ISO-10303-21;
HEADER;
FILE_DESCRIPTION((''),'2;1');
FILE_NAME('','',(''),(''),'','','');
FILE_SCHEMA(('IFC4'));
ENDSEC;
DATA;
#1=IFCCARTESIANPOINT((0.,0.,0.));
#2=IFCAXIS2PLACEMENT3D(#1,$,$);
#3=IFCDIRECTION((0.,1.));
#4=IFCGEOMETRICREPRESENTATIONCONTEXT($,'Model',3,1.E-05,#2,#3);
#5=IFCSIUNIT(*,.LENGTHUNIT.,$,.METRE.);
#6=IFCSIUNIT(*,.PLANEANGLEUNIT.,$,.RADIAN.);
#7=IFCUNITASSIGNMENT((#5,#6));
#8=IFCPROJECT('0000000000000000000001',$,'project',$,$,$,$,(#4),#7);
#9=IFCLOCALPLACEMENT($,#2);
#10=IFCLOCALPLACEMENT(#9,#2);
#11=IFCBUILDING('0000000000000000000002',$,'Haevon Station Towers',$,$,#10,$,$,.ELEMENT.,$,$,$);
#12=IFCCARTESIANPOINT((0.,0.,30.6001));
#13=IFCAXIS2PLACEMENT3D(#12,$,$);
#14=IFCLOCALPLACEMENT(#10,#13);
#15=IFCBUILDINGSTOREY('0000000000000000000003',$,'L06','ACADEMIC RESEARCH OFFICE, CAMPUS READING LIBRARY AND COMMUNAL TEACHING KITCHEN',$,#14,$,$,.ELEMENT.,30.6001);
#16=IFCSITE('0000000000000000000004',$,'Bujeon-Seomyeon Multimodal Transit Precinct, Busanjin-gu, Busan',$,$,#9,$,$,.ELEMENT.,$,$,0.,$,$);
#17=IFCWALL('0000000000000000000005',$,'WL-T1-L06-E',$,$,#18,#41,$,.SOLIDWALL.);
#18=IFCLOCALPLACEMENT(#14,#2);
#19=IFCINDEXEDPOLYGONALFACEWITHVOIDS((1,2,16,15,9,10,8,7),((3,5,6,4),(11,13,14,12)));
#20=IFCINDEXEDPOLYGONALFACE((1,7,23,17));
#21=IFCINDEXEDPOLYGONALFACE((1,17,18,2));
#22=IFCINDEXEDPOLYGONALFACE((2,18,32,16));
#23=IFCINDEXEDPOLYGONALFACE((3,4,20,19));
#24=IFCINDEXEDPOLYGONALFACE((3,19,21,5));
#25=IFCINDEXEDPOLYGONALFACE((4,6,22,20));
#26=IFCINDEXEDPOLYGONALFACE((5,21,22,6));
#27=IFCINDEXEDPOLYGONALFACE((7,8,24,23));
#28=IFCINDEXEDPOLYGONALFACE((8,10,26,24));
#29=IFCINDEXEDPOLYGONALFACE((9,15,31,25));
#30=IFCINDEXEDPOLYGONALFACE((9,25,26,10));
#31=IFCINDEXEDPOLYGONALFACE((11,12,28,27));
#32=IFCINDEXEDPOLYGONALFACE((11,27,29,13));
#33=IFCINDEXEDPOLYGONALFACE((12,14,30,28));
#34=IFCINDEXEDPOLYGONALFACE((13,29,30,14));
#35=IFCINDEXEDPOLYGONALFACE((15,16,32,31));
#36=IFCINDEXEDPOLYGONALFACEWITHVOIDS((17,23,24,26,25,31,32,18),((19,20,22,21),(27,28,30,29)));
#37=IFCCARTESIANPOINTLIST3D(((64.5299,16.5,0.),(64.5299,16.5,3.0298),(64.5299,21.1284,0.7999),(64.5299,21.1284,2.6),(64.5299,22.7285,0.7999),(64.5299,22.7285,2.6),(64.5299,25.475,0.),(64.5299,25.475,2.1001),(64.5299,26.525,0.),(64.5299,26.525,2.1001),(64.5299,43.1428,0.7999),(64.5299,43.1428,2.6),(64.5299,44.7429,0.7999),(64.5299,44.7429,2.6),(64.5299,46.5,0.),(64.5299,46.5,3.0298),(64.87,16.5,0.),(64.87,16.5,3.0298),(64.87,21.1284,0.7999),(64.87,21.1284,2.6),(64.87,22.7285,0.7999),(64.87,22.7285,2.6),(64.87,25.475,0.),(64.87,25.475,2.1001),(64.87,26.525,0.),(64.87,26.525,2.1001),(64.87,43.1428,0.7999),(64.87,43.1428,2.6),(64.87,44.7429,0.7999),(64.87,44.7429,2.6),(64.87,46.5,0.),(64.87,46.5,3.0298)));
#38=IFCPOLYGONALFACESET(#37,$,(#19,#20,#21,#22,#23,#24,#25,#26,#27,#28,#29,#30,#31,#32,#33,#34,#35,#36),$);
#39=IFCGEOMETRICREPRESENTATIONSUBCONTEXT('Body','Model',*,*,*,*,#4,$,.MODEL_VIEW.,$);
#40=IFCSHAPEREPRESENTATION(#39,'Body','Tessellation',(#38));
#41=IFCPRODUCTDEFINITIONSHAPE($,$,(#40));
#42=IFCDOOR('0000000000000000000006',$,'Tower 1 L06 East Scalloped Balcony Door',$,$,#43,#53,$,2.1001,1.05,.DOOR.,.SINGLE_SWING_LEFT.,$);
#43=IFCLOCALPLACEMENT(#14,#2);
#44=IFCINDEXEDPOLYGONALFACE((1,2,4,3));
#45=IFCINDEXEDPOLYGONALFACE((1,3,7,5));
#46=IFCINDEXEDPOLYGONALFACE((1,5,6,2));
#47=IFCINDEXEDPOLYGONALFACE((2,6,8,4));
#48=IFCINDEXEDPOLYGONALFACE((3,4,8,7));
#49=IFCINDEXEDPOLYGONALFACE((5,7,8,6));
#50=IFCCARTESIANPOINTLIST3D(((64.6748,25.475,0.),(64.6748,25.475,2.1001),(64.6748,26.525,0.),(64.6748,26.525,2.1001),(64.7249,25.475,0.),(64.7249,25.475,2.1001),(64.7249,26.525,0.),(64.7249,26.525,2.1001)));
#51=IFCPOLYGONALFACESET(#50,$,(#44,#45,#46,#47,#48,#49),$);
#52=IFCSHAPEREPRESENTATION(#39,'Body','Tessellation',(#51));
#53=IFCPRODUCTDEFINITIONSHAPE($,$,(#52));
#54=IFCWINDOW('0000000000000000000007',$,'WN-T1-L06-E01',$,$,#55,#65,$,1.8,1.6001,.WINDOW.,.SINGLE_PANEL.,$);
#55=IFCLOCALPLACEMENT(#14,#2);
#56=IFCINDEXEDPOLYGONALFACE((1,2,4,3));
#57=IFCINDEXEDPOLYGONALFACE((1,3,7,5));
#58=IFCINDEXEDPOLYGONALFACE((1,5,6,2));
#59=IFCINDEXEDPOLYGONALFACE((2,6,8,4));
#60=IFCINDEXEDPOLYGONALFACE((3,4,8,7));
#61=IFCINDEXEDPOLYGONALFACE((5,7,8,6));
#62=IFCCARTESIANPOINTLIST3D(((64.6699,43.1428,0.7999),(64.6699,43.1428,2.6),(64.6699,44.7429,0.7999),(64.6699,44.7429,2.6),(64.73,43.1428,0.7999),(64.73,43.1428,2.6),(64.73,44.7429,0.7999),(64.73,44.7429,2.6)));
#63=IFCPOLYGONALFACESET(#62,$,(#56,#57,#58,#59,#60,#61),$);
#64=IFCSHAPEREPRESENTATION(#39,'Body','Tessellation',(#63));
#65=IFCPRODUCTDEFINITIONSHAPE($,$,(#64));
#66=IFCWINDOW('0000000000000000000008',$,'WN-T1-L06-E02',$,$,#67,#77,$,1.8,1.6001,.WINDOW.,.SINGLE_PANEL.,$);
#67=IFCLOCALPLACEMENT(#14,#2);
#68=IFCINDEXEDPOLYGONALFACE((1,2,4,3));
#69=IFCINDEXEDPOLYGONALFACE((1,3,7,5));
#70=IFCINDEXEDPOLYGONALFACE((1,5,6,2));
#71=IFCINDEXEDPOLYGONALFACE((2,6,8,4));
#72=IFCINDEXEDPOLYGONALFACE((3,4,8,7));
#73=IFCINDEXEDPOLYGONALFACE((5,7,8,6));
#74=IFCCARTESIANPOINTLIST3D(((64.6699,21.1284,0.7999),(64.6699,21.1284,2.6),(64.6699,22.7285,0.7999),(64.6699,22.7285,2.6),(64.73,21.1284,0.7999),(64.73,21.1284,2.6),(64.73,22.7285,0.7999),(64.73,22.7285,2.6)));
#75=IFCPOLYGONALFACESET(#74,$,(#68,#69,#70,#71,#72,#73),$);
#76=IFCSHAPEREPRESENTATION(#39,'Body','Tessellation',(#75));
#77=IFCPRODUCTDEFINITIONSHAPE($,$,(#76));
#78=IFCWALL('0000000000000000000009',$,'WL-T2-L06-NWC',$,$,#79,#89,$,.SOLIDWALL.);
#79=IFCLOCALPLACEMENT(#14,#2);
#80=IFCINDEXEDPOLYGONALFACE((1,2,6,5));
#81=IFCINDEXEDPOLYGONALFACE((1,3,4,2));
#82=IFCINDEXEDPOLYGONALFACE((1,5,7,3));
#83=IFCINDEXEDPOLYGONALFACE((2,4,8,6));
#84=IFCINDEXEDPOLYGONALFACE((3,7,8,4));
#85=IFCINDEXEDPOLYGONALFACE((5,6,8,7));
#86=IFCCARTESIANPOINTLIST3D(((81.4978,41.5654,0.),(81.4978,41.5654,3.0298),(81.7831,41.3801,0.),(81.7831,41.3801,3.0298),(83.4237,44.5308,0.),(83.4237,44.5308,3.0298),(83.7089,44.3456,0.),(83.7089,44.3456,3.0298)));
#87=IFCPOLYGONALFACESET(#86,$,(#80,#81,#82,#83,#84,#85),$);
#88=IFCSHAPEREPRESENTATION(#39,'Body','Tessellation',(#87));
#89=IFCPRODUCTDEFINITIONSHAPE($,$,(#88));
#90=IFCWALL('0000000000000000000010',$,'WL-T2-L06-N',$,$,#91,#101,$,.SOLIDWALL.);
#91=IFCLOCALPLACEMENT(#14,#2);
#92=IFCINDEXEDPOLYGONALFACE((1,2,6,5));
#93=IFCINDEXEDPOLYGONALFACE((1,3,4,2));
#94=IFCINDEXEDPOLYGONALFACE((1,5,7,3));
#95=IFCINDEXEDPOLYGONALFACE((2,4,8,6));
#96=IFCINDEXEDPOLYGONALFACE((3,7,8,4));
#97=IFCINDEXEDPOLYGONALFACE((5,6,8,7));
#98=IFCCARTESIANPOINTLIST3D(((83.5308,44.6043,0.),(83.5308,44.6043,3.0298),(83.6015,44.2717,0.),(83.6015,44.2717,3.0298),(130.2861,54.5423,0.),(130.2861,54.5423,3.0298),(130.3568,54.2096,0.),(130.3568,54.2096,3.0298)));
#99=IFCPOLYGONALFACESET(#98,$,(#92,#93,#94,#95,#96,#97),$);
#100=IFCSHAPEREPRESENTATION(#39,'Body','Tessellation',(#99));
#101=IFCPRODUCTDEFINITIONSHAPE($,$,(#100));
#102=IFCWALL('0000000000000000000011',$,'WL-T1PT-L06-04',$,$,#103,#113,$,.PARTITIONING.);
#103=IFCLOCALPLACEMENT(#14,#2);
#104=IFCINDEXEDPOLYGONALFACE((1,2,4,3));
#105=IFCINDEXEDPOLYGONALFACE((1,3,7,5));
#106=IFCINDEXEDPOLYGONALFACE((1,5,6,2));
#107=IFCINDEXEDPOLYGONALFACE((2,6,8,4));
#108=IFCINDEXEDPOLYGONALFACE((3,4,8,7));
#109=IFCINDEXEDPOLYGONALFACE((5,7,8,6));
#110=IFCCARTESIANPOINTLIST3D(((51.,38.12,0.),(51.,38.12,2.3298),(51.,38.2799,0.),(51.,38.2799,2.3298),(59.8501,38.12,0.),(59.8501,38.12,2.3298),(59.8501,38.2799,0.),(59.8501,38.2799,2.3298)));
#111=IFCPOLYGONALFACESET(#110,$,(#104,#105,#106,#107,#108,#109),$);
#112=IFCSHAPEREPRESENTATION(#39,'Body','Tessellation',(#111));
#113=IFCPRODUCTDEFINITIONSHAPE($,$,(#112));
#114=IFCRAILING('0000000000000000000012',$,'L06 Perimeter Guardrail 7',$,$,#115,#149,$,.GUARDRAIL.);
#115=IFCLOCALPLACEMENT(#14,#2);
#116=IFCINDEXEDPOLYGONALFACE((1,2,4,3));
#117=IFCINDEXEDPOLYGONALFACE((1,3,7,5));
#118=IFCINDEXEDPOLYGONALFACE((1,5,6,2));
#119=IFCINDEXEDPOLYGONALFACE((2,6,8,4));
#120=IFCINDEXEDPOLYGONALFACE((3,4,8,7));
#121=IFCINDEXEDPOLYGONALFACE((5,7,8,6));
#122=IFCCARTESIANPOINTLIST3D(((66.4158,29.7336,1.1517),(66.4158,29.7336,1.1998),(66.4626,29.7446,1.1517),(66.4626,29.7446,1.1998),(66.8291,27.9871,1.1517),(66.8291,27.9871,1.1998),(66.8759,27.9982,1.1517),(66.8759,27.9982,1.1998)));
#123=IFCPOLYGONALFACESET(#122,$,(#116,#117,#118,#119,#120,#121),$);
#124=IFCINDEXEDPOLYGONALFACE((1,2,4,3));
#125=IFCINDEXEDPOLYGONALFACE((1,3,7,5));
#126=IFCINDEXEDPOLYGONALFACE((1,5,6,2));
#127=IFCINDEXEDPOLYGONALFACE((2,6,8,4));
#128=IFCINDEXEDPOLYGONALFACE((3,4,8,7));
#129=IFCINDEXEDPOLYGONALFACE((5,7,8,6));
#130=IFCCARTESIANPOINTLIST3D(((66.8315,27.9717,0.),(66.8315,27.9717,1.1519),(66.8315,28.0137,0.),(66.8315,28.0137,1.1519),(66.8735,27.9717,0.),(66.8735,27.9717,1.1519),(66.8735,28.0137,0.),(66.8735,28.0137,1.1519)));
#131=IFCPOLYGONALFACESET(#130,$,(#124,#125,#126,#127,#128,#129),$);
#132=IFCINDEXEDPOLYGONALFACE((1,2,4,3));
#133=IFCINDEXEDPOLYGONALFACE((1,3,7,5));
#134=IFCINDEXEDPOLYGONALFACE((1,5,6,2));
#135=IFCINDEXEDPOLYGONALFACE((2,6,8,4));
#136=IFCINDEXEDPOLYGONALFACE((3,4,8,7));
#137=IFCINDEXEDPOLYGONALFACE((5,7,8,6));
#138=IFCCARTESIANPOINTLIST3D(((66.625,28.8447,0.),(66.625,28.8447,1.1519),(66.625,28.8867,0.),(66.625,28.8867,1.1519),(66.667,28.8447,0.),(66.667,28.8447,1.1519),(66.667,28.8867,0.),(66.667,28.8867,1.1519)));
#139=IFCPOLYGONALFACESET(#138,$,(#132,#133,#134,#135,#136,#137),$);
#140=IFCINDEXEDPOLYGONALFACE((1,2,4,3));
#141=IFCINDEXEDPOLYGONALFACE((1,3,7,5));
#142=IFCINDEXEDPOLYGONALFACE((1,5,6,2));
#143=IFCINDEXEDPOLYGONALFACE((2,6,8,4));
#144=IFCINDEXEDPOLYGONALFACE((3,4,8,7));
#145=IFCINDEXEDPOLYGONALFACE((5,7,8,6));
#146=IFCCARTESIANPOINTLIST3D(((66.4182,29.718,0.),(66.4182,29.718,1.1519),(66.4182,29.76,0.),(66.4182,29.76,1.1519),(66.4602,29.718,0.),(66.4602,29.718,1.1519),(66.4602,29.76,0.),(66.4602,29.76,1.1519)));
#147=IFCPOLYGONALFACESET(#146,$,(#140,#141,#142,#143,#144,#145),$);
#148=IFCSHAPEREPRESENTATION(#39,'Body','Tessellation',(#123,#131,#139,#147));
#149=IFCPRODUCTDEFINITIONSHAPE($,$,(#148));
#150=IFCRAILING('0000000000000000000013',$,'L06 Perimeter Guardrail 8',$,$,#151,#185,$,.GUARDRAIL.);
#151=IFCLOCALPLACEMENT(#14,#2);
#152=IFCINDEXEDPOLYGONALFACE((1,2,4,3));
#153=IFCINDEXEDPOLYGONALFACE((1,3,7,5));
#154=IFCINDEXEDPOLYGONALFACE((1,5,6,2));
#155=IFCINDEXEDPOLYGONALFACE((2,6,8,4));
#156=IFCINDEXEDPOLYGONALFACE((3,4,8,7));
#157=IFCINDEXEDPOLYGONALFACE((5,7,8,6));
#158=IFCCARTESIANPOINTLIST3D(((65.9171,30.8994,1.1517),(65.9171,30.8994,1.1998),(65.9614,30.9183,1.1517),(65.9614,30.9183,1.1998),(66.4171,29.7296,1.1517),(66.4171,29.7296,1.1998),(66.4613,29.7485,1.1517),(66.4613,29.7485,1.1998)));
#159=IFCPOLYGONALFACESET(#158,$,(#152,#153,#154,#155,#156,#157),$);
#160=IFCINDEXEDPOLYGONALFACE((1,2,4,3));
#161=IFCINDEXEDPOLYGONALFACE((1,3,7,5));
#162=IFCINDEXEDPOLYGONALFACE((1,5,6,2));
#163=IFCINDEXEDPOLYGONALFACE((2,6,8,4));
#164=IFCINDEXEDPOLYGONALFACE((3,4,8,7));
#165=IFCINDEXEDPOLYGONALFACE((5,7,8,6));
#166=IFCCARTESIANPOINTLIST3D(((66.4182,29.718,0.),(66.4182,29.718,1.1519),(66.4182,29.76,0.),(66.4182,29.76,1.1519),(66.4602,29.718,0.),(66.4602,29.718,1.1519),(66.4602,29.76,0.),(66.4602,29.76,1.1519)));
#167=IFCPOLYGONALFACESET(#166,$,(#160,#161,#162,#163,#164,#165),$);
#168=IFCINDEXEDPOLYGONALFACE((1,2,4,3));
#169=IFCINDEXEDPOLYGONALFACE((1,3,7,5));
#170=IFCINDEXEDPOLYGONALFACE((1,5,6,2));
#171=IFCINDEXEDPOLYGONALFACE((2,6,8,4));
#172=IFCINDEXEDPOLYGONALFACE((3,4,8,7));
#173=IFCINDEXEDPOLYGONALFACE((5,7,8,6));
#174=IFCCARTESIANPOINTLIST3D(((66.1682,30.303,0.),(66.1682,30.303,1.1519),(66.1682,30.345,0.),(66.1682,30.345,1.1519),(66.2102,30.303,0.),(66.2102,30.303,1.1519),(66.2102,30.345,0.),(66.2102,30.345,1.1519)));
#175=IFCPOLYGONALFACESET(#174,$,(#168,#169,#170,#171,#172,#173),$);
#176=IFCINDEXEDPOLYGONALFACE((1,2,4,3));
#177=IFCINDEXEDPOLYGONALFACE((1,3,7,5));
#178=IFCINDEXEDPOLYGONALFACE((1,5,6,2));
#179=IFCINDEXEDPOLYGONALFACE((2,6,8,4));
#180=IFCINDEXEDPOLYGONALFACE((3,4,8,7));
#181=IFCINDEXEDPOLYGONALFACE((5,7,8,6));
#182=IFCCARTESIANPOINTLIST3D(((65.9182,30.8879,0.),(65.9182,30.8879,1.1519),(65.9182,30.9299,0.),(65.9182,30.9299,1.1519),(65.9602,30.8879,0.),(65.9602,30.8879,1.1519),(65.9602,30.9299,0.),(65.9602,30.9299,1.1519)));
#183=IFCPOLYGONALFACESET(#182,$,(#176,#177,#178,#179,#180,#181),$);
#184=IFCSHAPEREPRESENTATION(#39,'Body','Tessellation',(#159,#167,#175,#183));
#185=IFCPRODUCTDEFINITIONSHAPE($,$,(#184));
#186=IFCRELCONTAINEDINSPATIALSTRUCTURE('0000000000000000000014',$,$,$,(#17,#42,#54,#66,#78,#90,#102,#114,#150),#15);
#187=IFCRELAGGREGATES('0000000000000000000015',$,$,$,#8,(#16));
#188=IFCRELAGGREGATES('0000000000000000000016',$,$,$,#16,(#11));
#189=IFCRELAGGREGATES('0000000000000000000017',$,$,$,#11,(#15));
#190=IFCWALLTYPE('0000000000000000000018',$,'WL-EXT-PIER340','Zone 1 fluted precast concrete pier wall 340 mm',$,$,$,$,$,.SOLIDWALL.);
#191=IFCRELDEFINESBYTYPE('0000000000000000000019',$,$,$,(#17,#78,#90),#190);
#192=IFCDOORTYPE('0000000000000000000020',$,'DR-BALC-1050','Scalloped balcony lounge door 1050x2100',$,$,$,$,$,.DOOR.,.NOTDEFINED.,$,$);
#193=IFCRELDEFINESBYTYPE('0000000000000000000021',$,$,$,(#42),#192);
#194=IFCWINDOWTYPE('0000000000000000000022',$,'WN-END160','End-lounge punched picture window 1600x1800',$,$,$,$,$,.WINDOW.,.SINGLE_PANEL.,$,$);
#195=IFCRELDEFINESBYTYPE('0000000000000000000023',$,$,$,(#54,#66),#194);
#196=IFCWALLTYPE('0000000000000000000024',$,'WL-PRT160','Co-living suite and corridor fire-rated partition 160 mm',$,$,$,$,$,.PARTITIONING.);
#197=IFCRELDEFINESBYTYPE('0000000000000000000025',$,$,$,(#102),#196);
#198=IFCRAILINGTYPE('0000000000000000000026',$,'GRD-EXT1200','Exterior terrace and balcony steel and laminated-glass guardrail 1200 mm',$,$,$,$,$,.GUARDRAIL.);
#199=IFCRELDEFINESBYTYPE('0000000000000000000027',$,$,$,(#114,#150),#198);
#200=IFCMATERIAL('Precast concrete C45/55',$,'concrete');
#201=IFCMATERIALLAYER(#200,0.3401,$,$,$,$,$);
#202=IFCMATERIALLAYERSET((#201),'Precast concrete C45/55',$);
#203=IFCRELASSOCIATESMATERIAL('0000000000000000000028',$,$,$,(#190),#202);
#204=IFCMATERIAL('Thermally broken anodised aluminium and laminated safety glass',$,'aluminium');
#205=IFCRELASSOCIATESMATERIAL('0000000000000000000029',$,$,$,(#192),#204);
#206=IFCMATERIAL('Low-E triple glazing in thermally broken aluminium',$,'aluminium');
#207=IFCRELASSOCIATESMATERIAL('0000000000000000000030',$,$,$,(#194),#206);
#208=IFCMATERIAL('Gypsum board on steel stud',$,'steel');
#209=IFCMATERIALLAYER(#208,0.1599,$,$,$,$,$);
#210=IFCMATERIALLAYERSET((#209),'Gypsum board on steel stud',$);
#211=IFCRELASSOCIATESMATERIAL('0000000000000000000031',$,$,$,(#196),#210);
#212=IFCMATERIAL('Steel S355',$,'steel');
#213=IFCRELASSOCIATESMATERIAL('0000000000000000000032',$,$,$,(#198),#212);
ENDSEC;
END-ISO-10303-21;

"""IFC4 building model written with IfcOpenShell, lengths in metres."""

from ifc_helpers import new_model, si_unit, direction, frame, frame_2d, origin, origin_2d, place, context, subcontext, project, spatial, rectangle, extrude, material, layer, layer_set, type_object, element, fill, save


model = new_model("IFC4")

# Units and contexts
model_context = context("Model", 3, precision=1e-05, world=origin(), true_north=direction((0.0, 1.0)))
body_context = subcontext(model_context, "Body", "Model", "MODEL_VIEW")
ifc_project = project(units=[si_unit("LENGTHUNIT", "METRE"), si_unit("PLANEANGLEUNIT", "RADIAN")], contexts=[model_context])

# Site, building, storey
site_placement = place(None, origin())
site = spatial("IfcSite", under=ifc_project, at=site_placement, Name="Bujeon-Seomyeon Multimodal Transit Precinct, Busanjin-gu, Busan", CompositionType="ELEMENT", RefElevation=0.0)
building_placement = place(site_placement, origin())
building = spatial("IfcBuilding", under=site, at=building_placement, Name="Haevon Station Towers", CompositionType="ELEMENT")
storey_placement = place(building_placement, frame((0.0, 0.0, 30.6001)))
storey = spatial("IfcBuildingStorey", under=building, at=storey_placement, Name="L06", Description="ACADEMIC RESEARCH OFFICE, CAMPUS READING LIBRARY AND COMMUNAL TEACHING KITCHEN", CompositionType="ELEMENT", Elevation=30.6001)

# Shared definitions
ifc_material_1 = material(Name="Steel S355", Category="steel")

# Shared definitions
ifc_material_2 = material(Name="Precast concrete C45/55", Category="concrete")
ifc_layer_1 = layer(ifc_material_2, 0.3401)
ifc_layer_set_1 = layer_set([ifc_layer_1], Name="Precast concrete C45/55")
wall_type_1 = type_object("IfcWallType", Name="WL-EXT-PIER340", Description="Zone 1 fluted precast concrete pier wall 340 mm", PredefinedType="SOLIDWALL", material=ifc_layer_set_1)

# Wall, openings, door, windows
wall_1_placement = place(storey_placement, frame((64.7, 46.5, 0.0), z_axis=(0.0, 0.0, 1.0), x_axis=(0.0, -1.0, 0.0)))
wall_1 = element("IfcWall", 1, at=wall_1_placement, inside=storey, type_object=wall_type_1, Name="WL-T1-L06-E", PredefinedType="SOLIDWALL", context=body_context, shape_type="SweptSolid", body=[
    extrude(rectangle(XDim=30.0, YDim=0.3401, at=frame_2d((15.0, 0.0))), origin(), (0.0, 0.0, 1.0), 3.0298),
])
opening_1_placement = place(wall_1_placement, frame((19.9751, 0.0, 0.0)))
opening_1 = element("IfcOpeningElement", 2, at=opening_1_placement, cuts=wall_1, PredefinedType="OPENING", context=body_context, shape_type="SweptSolid", body=[
    extrude(rectangle(XDim=1.05, YDim=2.1001, at=frame_2d((0.5249, 1.05))), frame((0.0, 0.1799, 0.0), z_axis=(0.0, -1.0, 0.0), x_axis=(1.0, 0.0, 0.0)), (0.0, 0.0, 1.0), 0.3601),
])
opening_2_placement = place(wall_1_placement, frame((1.7571, 0.0, 0.8)))
opening_2 = element("IfcOpeningElement", 3, at=opening_2_placement, cuts=wall_1, PredefinedType="OPENING", context=body_context, shape_type="SweptSolid", body=[
    extrude(rectangle(XDim=1.6001, YDim=1.8, at=frame_2d((0.8, 0.8999))), frame((0.0, 0.1799, 0.0), z_axis=(0.0, -1.0, 0.0), x_axis=(1.0, 0.0, 0.0)), (0.0, 0.0, 1.0), 0.3601),
])
opening_3_placement = place(wall_1_placement, frame((23.7715, 0.0, 0.8)))
opening_3 = element("IfcOpeningElement", 4, at=opening_3_placement, cuts=wall_1, PredefinedType="OPENING", context=body_context, shape_type="SweptSolid", body=[
    extrude(rectangle(XDim=1.6001, YDim=1.8, at=frame_2d((0.8, 0.8999))), frame((0.0, 0.1799, 0.0), z_axis=(0.0, -1.0, 0.0), x_axis=(1.0, 0.0, 0.0)), (0.0, 0.0, 1.0), 0.3601),
])
ifc_material_3 = material(Name="Thermally broken anodised aluminium and laminated safety glass", Category="aluminium")
door_type = type_object("IfcDoorType", Name="DR-BALC-1050", Description="Scalloped balcony lounge door 1050x2100", OperationType="NOTDEFINED", PredefinedType="DOOR", material=ifc_material_3)
door_placement = place(opening_1_placement, origin())
door = element("IfcDoor", 5, at=door_placement, inside=storey, type_object=door_type, Name="Tower 1 L06 East Scalloped Balcony Door", OperationType="SINGLE_SWING_LEFT", OverallHeight=2.1001, OverallWidth=1.05, PredefinedType="DOOR", context=body_context, shape_type="SweptSolid", body=[
    extrude(rectangle(XDim=1.05, YDim=2.1001, at=frame_2d((0.5249, 1.05))), frame((0.0, 0.0249, 0.0), z_axis=(0.0, -1.0, 0.0), x_axis=(1.0, 0.0, 0.0)), (0.0, 0.0, 1.0), 0.05),
])
fill(opening_1, door)
ifc_material_4 = material(Name="Low-E triple glazing in thermally broken aluminium", Category="aluminium")
window_type = type_object("IfcWindowType", Name="WN-END160", Description="End-lounge punched picture window 1600x1800", PartitioningType="SINGLE_PANEL", PredefinedType="WINDOW", material=ifc_material_4)
window_1_placement = place(opening_2_placement, origin())
window_1 = element("IfcWindow", 6, at=window_1_placement, inside=storey, type_object=window_type, Name="WN-T1-L06-E01", OverallHeight=1.8, OverallWidth=1.6001, PartitioningType="SINGLE_PANEL", PredefinedType="WINDOW", context=body_context, shape_type="SweptSolid", body=[
    extrude(rectangle(XDim=1.6001, YDim=1.8, at=frame_2d((0.8, 0.8999))), frame((0.0, 0.03, 0.0), z_axis=(0.0, -1.0, 0.0), x_axis=(1.0, 0.0, 0.0)), (0.0, 0.0, 1.0), 0.0601),
])
fill(opening_2, window_1)
window_2_placement = place(opening_3_placement, origin())
window_2 = element("IfcWindow", 7, at=window_2_placement, inside=storey, type_object=window_type, Name="WN-T1-L06-E02", OverallHeight=1.8, OverallWidth=1.6001, PartitioningType="SINGLE_PANEL", PredefinedType="WINDOW", context=body_context, shape_type="SweptSolid", body=[
    extrude(rectangle(XDim=1.6001, YDim=1.8, at=frame_2d((0.8, 0.8999))), frame((0.0, 0.03, 0.0), z_axis=(0.0, -1.0, 0.0), x_axis=(1.0, 0.0, 0.0)), (0.0, 0.0, 1.0), 0.0601),
])
fill(opening_3, window_2)

# Walls
wall_2_placement = place(storey_placement, frame((81.6404, 41.4727, 0.0), z_axis=(0.0, 0.0, 1.0), x_axis=(0.544653, 0.838661, 0.0)))
element("IfcWall", 8, at=wall_2_placement, inside=storey, type_object=wall_type_1, Name="WL-T2-L06-NWC", PredefinedType="SOLIDWALL", context=body_context, shape_type="SweptSolid", body=[
    extrude(rectangle(XDim=3.5359, YDim=0.3401, at=frame_2d((1.7681, 0.0))), origin(), (0.0, 0.0, 1.0), 3.0298),
])
wall_3_placement = place(storey_placement, frame((83.5662, 44.438, 0.0), z_axis=(0.0, 0.0, 1.0), x_axis=(0.978148, 0.207908, 0.0)))
element("IfcWall", 9, at=wall_3_placement, inside=storey, type_object=wall_type_1, Name="WL-T2-L06-N", PredefinedType="SOLIDWALL", context=body_context, shape_type="SweptSolid", body=[
    extrude(rectangle(XDim=47.7998, YDim=0.3401, at=frame_2d((23.8999, 0.0))), origin(), (0.0, 0.0, 1.0), 3.0298),
])
ifc_material_5 = material(Name="Gypsum board on steel stud", Category="steel")
ifc_layer_2 = layer(ifc_material_5, 0.1599)
ifc_layer_set_2 = layer_set([ifc_layer_2], Name="Gypsum board on steel stud")
wall_type_2 = type_object("IfcWallType", Name="WL-PRT160", Description="Co-living suite and corridor fire-rated partition 160 mm", PredefinedType="PARTITIONING", material=ifc_layer_set_2)
wall_4_placement = place(storey_placement, frame((51.0, 38.2, 0.0), z_axis=(0.0, 0.0, 1.0), x_axis=(1.0, 0.0, 0.0)))
element("IfcWall", 10, at=wall_4_placement, inside=storey, type_object=wall_type_2, Name="WL-T1PT-L06-04", PredefinedType="PARTITIONING", context=body_context, shape_type="SweptSolid", body=[
    extrude(rectangle(XDim=8.8501, YDim=0.1599, at=frame_2d((4.425, 0.0))), origin(), (0.0, 0.0, 1.0), 2.3298),
])

# Railings
railing_type = type_object("IfcRailingType", Name="GRD-EXT1200", Description="Exterior terrace and balcony steel and laminated-glass guardrail 1200 mm", PredefinedType="GUARDRAIL", material=ifc_material_1)
railing_1_placement = place(storey_placement, frame((66.8525, 27.9927, 0.0)))
element("IfcRailing", 11, at=railing_1_placement, inside=storey, type_object=railing_type, Name="L06 Perimeter Guardrail 7", PredefinedType="GUARDRAIL", context=body_context, shape_type="SweptSolid", body=[
    extrude(rectangle(XDim=0.0481, YDim=0.0481, at=origin_2d()), frame((0.0, 0.0, 1.1758), z_axis=(-0.230321, 0.973115, 0.0), x_axis=(-0.973115, -0.230321, 0.0)), (0.0, 0.0, 1.0), 1.7947),
    extrude(rectangle(XDim=0.042, YDim=0.042, at=origin_2d()), origin(), (0.0, 0.0, 1.0), 1.1519),
    extrude(rectangle(XDim=0.042, YDim=0.042, at=origin_2d()), frame((-0.2065, 0.873, 0.0)), (0.0, 0.0, 1.0), 1.1519),
    extrude(rectangle(XDim=0.042, YDim=0.042, at=origin_2d()), frame((-0.4133, 1.7463, 0.0)), (0.0, 0.0, 1.0), 1.1519),
])
railing_2_placement = place(storey_placement, frame((66.4392, 29.739, 0.0)))
element("IfcRailing", 12, at=railing_2_placement, inside=storey, type_object=railing_type, Name="L06 Perimeter Guardrail 8", PredefinedType="GUARDRAIL", context=body_context, shape_type="SweptSolid", body=[
    extrude(rectangle(XDim=0.0481, YDim=0.0481, at=origin_2d()), frame((0.0, 0.0, 1.1758), z_axis=(-0.392993, 0.919542, 0.0), x_axis=(-0.919542, -0.392993, 0.0)), (0.0, 0.0, 1.0), 1.2722),
    extrude(rectangle(XDim=0.042, YDim=0.042, at=origin_2d()), origin(), (0.0, 0.0, 1.0), 1.1519),
    extrude(rectangle(XDim=0.042, YDim=0.042, at=origin_2d()), frame((-0.25, 0.585, 0.0)), (0.0, 0.0, 1.0), 1.1519),
    extrude(rectangle(XDim=0.042, YDim=0.042, at=origin_2d()), frame((-0.5, 1.1699, 0.0)), (0.0, 0.0, 1.0), 1.1519),
])

save(model, "model.ifc")
